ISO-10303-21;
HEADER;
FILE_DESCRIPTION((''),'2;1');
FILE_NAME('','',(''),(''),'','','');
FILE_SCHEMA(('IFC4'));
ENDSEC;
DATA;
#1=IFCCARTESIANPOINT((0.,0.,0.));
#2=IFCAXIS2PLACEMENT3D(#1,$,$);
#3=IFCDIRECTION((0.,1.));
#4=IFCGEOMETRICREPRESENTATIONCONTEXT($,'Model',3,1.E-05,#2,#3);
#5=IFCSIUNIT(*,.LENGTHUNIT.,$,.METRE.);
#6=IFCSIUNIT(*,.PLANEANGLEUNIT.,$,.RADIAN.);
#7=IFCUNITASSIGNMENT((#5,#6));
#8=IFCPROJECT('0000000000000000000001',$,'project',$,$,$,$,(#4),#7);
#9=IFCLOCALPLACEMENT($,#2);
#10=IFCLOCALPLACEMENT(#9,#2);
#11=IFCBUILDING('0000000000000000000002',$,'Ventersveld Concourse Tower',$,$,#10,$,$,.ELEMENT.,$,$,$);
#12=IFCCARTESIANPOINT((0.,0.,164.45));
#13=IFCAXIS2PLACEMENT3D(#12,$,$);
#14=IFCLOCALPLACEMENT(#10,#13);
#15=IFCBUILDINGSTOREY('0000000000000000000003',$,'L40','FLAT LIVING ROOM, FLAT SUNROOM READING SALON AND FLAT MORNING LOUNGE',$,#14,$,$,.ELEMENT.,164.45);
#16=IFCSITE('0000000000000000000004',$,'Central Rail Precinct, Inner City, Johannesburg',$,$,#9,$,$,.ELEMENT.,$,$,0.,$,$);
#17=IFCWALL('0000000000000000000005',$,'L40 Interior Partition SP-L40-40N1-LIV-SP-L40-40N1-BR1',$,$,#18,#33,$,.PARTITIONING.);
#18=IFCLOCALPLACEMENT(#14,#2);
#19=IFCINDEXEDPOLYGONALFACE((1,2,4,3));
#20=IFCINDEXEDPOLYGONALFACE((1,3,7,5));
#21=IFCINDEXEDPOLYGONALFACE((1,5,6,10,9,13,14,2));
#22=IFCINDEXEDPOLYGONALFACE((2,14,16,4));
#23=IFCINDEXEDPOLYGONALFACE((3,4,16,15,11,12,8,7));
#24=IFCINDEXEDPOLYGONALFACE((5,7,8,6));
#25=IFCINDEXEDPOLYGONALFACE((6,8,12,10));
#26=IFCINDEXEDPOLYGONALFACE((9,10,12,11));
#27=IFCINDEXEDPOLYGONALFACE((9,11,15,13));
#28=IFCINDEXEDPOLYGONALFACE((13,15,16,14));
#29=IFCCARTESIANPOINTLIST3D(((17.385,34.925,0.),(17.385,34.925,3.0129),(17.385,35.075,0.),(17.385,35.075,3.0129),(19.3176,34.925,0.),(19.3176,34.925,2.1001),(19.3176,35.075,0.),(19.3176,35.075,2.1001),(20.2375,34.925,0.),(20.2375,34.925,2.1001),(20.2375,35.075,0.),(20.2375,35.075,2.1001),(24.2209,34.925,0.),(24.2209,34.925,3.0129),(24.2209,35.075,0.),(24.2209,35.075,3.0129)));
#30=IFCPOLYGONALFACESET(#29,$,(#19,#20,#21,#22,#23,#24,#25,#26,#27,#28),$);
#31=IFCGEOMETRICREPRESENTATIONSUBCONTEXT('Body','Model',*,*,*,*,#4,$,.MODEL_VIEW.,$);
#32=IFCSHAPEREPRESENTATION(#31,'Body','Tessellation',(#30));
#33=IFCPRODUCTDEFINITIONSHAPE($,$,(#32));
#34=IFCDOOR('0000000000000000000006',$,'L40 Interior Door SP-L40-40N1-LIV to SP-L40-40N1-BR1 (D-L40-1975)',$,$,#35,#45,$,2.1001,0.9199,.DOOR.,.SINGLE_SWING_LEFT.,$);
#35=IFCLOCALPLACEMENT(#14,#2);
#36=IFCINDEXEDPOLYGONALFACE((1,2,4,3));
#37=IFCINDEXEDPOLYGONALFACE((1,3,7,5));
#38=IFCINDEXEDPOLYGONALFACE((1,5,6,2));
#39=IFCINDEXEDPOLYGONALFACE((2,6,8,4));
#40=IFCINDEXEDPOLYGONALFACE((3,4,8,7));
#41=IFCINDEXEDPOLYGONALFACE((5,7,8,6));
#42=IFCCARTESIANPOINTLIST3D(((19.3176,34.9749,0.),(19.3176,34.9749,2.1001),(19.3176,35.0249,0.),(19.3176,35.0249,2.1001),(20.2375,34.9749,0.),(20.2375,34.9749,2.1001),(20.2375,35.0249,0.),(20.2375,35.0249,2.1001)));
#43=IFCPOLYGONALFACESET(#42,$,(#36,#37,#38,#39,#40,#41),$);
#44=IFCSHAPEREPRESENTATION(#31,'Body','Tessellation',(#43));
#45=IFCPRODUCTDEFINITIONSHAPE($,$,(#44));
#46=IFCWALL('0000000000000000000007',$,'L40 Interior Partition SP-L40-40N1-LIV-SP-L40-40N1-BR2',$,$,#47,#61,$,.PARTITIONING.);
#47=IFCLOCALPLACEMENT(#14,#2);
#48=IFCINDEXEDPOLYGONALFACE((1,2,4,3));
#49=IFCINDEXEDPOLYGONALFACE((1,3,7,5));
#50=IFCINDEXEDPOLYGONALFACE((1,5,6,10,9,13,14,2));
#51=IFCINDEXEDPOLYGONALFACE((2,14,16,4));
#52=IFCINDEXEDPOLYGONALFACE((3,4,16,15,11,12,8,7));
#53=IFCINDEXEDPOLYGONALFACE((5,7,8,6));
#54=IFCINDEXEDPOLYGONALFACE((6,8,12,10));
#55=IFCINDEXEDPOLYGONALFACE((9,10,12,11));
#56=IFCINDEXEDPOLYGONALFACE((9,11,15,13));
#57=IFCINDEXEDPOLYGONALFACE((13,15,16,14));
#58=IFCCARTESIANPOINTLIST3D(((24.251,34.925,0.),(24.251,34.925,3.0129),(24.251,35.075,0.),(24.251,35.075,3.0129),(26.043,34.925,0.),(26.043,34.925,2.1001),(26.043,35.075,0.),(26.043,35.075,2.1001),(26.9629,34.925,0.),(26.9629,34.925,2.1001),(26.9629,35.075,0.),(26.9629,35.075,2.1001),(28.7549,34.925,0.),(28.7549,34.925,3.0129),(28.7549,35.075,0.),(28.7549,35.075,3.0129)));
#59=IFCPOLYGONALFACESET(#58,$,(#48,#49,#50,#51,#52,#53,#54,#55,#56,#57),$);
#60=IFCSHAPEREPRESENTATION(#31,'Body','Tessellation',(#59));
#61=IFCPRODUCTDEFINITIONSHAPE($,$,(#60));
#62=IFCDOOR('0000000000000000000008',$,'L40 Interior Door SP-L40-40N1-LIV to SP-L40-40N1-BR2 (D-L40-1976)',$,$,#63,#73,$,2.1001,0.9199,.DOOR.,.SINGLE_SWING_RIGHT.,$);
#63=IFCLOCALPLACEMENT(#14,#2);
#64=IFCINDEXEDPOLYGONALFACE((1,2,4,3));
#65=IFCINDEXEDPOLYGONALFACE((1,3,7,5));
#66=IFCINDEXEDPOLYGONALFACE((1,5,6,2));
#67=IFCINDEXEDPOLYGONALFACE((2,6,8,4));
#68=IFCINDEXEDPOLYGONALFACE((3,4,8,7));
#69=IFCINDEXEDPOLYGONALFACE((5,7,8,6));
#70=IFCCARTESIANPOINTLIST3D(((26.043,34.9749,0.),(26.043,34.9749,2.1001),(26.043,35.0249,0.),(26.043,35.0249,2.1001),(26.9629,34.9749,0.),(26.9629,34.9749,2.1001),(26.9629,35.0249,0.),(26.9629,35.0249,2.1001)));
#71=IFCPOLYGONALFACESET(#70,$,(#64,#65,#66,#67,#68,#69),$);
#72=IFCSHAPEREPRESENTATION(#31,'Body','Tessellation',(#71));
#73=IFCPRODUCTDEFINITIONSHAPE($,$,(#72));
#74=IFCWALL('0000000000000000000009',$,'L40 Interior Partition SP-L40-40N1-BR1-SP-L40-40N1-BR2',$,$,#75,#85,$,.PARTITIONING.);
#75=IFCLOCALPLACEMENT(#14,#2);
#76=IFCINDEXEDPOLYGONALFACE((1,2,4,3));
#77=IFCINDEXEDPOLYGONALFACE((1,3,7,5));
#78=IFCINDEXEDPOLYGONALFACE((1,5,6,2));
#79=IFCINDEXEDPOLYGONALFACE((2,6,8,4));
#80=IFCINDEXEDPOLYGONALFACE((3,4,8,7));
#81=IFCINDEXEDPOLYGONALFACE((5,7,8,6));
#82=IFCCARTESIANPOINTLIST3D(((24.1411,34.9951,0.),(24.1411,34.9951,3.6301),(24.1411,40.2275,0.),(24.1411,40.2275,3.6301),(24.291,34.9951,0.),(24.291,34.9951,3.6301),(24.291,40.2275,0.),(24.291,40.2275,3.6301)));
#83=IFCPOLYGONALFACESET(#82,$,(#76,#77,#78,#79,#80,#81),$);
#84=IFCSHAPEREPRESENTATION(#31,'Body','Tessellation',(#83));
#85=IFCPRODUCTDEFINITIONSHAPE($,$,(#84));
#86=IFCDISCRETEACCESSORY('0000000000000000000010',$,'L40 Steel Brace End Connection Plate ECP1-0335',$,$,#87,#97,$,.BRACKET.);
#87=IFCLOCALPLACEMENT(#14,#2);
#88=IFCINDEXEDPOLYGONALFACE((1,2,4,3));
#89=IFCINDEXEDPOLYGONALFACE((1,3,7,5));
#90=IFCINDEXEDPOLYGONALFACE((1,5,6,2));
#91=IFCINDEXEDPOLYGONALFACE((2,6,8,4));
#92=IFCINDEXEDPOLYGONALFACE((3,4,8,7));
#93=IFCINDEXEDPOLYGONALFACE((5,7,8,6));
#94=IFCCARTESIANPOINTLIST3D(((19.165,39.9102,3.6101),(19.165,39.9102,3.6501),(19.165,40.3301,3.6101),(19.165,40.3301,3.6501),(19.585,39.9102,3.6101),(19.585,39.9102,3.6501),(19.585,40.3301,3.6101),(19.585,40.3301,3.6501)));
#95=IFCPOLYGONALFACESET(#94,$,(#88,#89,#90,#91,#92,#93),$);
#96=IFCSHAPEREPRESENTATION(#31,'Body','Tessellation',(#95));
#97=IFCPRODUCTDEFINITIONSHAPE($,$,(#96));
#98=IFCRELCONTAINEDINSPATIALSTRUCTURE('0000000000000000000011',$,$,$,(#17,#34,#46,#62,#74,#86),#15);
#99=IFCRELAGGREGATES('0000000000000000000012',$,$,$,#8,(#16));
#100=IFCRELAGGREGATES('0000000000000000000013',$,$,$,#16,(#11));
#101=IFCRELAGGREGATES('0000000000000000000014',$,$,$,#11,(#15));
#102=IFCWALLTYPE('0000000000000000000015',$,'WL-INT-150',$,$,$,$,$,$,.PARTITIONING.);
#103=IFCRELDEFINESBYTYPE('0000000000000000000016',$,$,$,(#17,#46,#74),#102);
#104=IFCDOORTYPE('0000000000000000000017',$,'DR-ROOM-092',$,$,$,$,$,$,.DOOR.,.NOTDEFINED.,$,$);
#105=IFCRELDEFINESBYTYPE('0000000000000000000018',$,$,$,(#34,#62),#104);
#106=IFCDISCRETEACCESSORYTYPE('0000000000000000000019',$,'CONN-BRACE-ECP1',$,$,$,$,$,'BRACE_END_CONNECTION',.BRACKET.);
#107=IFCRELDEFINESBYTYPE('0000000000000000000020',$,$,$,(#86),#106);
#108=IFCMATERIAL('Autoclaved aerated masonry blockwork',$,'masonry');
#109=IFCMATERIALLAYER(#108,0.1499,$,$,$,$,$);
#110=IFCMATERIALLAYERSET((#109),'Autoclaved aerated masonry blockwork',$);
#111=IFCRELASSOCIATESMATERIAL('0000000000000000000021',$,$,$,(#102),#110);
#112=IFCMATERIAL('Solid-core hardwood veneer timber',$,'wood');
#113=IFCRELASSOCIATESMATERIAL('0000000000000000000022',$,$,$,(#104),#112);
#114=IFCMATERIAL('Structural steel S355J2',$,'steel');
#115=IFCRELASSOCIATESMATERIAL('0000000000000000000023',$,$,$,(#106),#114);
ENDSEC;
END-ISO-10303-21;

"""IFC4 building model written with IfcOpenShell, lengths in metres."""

from ifc_helpers import new_model, si_unit, direction, frame, frame_2d, origin, origin_2d, place, context, subcontext, project, spatial, rectangle, extrude, material, layer, layer_set, type_object, element, fill, save


model = new_model("IFC4")

# Units and contexts
model_context = context("Model", 3, precision=1e-05, world=origin(), true_north=direction((0.0, 1.0)))
body_context = subcontext(model_context, "Body", "Model", "MODEL_VIEW")
ifc_project = project(units=[si_unit("LENGTHUNIT", "METRE"), si_unit("PLANEANGLEUNIT", "RADIAN")], contexts=[model_context])

# Site, building, storey
site_placement = place(None, origin())
site = spatial("IfcSite", under=ifc_project, at=site_placement, Name="Central Rail Precinct, Inner City, Johannesburg", CompositionType="ELEMENT", RefElevation=0.0)
building_placement = place(site_placement, origin())
building = spatial("IfcBuilding", under=site, at=building_placement, Name="Ventersveld Concourse Tower", CompositionType="ELEMENT")
storey_placement = place(building_placement, frame((0.0, 0.0, 164.45)))
storey = spatial("IfcBuildingStorey", under=building, at=storey_placement, Name="L40", Description="FLAT LIVING ROOM, FLAT SUNROOM READING SALON AND FLAT MORNING LOUNGE", CompositionType="ELEMENT", Elevation=164.45)

# Shared definitions
ifc_material_1 = material(Name="Structural steel S355J2", Category="steel")

# Walls, openings, doors
ifc_material_2 = material(Name="Autoclaved aerated masonry blockwork", Category="masonry")
ifc_layer_1 = layer(ifc_material_2, 0.1499)
ifc_layer_set_1 = layer_set([ifc_layer_1], Name="Autoclaved aerated masonry blockwork")
wall_type_1 = type_object("IfcWallType", Name="WL-INT-150", PredefinedType="PARTITIONING", material=ifc_layer_set_1)
ifc_material_3 = material(Name="Solid-core hardwood veneer timber", Category="wood")
door_type = type_object("IfcDoorType", Name="DR-ROOM-092", OperationType="NOTDEFINED", PredefinedType="DOOR", material=ifc_material_3)
wall_1_placement = place(storey_placement, frame((17.385, 35.0, 0.0), z_axis=(0.0, 0.0, 1.0), x_axis=(1.0, 0.0, 0.0)))
wall_1 = element("IfcWall", 1, at=wall_1_placement, inside=storey, type_object=wall_type_1, Name="L40 Interior Partition SP-L40-40N1-LIV-SP-L40-40N1-BR1", PredefinedType="PARTITIONING", context=body_context, shape_type="SweptSolid", body=[
    extrude(rectangle(XDim=6.8359, YDim=0.1499, at=frame_2d((3.418, 0.0))), origin(), (0.0, 0.0, 1.0), 3.0129),
])
opening_1_placement = place(wall_1_placement, frame((1.9326, 0.0, 0.0)))
opening_1 = element("IfcOpeningElement", 2, at=opening_1_placement, cuts=wall_1, PredefinedType="OPENING", context=body_context, shape_type="SweptSolid", body=[
    extrude(rectangle(XDim=0.9199, YDim=2.1001, at=frame_2d((0.46, 1.05))), frame((0.0, 0.085, 0.0), z_axis=(0.0, -1.0, 0.0), x_axis=(1.0, 0.0, 0.0)), (0.0, 0.0, 1.0), 0.1699),
])
door_1_placement = place(opening_1_placement, origin())
door_1 = element("IfcDoor", 3, at=door_1_placement, inside=storey, type_object=door_type, Name="L40 Interior Door SP-L40-40N1-LIV to SP-L40-40N1-BR1 (D-L40-1975)", OperationType="SINGLE_SWING_LEFT", OverallHeight=2.1001, OverallWidth=0.9199, PredefinedType="DOOR", context=body_context, shape_type="SweptSolid", body=[
    extrude(rectangle(XDim=0.9199, YDim=2.1001, at=frame_2d((0.46, 1.05))), frame((0.0, 0.0249, 0.0), z_axis=(0.0, -1.0, 0.0), x_axis=(1.0, 0.0, 0.0)), (0.0, 0.0, 1.0), 0.05),
])
fill(opening_1, door_1)
wall_2_placement = place(storey_placement, frame((24.251, 35.0, 0.0), z_axis=(0.0, 0.0, 1.0), x_axis=(1.0, 0.0, 0.0)))
wall_2 = element("IfcWall", 4, at=wall_2_placement, inside=storey, type_object=wall_type_1, Name="L40 Interior Partition SP-L40-40N1-LIV-SP-L40-40N1-BR2", PredefinedType="PARTITIONING", context=body_context, shape_type="SweptSolid", body=[
    extrude(rectangle(XDim=4.5039, YDim=0.1499, at=frame_2d((2.252, 0.0))), origin(), (0.0, 0.0, 1.0), 3.0129),
])
opening_2_placement = place(wall_2_placement, frame((1.792, 0.0, 0.0)))
opening_2 = element("IfcOpeningElement", 5, at=opening_2_placement, cuts=wall_2, PredefinedType="OPENING", context=body_context, shape_type="SweptSolid", body=[
    extrude(rectangle(XDim=0.9199, YDim=2.1001, at=frame_2d((0.46, 1.05))), frame((0.0, 0.085, 0.0), z_axis=(0.0, -1.0, 0.0), x_axis=(1.0, 0.0, 0.0)), (0.0, 0.0, 1.0), 0.1699),
])
door_2_placement = place(opening_2_placement, origin())
door_2 = element("IfcDoor", 6, at=door_2_placement, inside=storey, type_object=door_type, Name="L40 Interior Door SP-L40-40N1-LIV to SP-L40-40N1-BR2 (D-L40-1976)", OperationType="SINGLE_SWING_RIGHT", OverallHeight=2.1001, OverallWidth=0.9199, PredefinedType="DOOR", context=body_context, shape_type="SweptSolid", body=[
    extrude(rectangle(XDim=0.9199, YDim=2.1001, at=frame_2d((0.46, 1.05))), frame((0.0, 0.0249, 0.0), z_axis=(0.0, -1.0, 0.0), x_axis=(1.0, 0.0, 0.0)), (0.0, 0.0, 1.0), 0.05),
])
fill(opening_2, door_2)

# Wall
wall_3_placement = place(storey_placement, frame((24.2161, 34.9951, 0.0), z_axis=(0.0, 0.0, 1.0), x_axis=(0.0, 1.0, 0.0)))
element("IfcWall", 7, at=wall_3_placement, inside=storey, type_object=wall_type_1, Name="L40 Interior Partition SP-L40-40N1-BR1-SP-L40-40N1-BR2", PredefinedType="PARTITIONING", context=body_context, shape_type="SweptSolid", body=[
    extrude(rectangle(XDim=5.2324, YDim=0.1499, at=frame_2d((2.6162, 0.0))), origin(), (0.0, 0.0, 1.0), 3.6301),
])

# Discrete accessory
discrete_accessory_type = type_object("IfcDiscreteAccessoryType", Name="CONN-BRACE-ECP1", ElementType="BRACE_END_CONNECTION", PredefinedType="BRACKET", material=ifc_material_1)
discrete_accessory_placement = place(storey_placement, frame((19.375, 40.1201, 3.6101), z_axis=(0.0, 0.0, 1.0), x_axis=(1.0, 0.0, 0.0)))
element("IfcDiscreteAccessory", 8, at=discrete_accessory_placement, inside=storey, type_object=discrete_accessory_type, Name="L40 Steel Brace End Connection Plate ECP1-0335", PredefinedType="BRACKET", context=body_context, shape_type="SweptSolid", body=[
    extrude(rectangle(XDim=0.4199, YDim=0.4199, at=origin_2d()), origin(), (0.0, 0.0, 1.0), 0.04),
])

save(model, "model.ifc")
